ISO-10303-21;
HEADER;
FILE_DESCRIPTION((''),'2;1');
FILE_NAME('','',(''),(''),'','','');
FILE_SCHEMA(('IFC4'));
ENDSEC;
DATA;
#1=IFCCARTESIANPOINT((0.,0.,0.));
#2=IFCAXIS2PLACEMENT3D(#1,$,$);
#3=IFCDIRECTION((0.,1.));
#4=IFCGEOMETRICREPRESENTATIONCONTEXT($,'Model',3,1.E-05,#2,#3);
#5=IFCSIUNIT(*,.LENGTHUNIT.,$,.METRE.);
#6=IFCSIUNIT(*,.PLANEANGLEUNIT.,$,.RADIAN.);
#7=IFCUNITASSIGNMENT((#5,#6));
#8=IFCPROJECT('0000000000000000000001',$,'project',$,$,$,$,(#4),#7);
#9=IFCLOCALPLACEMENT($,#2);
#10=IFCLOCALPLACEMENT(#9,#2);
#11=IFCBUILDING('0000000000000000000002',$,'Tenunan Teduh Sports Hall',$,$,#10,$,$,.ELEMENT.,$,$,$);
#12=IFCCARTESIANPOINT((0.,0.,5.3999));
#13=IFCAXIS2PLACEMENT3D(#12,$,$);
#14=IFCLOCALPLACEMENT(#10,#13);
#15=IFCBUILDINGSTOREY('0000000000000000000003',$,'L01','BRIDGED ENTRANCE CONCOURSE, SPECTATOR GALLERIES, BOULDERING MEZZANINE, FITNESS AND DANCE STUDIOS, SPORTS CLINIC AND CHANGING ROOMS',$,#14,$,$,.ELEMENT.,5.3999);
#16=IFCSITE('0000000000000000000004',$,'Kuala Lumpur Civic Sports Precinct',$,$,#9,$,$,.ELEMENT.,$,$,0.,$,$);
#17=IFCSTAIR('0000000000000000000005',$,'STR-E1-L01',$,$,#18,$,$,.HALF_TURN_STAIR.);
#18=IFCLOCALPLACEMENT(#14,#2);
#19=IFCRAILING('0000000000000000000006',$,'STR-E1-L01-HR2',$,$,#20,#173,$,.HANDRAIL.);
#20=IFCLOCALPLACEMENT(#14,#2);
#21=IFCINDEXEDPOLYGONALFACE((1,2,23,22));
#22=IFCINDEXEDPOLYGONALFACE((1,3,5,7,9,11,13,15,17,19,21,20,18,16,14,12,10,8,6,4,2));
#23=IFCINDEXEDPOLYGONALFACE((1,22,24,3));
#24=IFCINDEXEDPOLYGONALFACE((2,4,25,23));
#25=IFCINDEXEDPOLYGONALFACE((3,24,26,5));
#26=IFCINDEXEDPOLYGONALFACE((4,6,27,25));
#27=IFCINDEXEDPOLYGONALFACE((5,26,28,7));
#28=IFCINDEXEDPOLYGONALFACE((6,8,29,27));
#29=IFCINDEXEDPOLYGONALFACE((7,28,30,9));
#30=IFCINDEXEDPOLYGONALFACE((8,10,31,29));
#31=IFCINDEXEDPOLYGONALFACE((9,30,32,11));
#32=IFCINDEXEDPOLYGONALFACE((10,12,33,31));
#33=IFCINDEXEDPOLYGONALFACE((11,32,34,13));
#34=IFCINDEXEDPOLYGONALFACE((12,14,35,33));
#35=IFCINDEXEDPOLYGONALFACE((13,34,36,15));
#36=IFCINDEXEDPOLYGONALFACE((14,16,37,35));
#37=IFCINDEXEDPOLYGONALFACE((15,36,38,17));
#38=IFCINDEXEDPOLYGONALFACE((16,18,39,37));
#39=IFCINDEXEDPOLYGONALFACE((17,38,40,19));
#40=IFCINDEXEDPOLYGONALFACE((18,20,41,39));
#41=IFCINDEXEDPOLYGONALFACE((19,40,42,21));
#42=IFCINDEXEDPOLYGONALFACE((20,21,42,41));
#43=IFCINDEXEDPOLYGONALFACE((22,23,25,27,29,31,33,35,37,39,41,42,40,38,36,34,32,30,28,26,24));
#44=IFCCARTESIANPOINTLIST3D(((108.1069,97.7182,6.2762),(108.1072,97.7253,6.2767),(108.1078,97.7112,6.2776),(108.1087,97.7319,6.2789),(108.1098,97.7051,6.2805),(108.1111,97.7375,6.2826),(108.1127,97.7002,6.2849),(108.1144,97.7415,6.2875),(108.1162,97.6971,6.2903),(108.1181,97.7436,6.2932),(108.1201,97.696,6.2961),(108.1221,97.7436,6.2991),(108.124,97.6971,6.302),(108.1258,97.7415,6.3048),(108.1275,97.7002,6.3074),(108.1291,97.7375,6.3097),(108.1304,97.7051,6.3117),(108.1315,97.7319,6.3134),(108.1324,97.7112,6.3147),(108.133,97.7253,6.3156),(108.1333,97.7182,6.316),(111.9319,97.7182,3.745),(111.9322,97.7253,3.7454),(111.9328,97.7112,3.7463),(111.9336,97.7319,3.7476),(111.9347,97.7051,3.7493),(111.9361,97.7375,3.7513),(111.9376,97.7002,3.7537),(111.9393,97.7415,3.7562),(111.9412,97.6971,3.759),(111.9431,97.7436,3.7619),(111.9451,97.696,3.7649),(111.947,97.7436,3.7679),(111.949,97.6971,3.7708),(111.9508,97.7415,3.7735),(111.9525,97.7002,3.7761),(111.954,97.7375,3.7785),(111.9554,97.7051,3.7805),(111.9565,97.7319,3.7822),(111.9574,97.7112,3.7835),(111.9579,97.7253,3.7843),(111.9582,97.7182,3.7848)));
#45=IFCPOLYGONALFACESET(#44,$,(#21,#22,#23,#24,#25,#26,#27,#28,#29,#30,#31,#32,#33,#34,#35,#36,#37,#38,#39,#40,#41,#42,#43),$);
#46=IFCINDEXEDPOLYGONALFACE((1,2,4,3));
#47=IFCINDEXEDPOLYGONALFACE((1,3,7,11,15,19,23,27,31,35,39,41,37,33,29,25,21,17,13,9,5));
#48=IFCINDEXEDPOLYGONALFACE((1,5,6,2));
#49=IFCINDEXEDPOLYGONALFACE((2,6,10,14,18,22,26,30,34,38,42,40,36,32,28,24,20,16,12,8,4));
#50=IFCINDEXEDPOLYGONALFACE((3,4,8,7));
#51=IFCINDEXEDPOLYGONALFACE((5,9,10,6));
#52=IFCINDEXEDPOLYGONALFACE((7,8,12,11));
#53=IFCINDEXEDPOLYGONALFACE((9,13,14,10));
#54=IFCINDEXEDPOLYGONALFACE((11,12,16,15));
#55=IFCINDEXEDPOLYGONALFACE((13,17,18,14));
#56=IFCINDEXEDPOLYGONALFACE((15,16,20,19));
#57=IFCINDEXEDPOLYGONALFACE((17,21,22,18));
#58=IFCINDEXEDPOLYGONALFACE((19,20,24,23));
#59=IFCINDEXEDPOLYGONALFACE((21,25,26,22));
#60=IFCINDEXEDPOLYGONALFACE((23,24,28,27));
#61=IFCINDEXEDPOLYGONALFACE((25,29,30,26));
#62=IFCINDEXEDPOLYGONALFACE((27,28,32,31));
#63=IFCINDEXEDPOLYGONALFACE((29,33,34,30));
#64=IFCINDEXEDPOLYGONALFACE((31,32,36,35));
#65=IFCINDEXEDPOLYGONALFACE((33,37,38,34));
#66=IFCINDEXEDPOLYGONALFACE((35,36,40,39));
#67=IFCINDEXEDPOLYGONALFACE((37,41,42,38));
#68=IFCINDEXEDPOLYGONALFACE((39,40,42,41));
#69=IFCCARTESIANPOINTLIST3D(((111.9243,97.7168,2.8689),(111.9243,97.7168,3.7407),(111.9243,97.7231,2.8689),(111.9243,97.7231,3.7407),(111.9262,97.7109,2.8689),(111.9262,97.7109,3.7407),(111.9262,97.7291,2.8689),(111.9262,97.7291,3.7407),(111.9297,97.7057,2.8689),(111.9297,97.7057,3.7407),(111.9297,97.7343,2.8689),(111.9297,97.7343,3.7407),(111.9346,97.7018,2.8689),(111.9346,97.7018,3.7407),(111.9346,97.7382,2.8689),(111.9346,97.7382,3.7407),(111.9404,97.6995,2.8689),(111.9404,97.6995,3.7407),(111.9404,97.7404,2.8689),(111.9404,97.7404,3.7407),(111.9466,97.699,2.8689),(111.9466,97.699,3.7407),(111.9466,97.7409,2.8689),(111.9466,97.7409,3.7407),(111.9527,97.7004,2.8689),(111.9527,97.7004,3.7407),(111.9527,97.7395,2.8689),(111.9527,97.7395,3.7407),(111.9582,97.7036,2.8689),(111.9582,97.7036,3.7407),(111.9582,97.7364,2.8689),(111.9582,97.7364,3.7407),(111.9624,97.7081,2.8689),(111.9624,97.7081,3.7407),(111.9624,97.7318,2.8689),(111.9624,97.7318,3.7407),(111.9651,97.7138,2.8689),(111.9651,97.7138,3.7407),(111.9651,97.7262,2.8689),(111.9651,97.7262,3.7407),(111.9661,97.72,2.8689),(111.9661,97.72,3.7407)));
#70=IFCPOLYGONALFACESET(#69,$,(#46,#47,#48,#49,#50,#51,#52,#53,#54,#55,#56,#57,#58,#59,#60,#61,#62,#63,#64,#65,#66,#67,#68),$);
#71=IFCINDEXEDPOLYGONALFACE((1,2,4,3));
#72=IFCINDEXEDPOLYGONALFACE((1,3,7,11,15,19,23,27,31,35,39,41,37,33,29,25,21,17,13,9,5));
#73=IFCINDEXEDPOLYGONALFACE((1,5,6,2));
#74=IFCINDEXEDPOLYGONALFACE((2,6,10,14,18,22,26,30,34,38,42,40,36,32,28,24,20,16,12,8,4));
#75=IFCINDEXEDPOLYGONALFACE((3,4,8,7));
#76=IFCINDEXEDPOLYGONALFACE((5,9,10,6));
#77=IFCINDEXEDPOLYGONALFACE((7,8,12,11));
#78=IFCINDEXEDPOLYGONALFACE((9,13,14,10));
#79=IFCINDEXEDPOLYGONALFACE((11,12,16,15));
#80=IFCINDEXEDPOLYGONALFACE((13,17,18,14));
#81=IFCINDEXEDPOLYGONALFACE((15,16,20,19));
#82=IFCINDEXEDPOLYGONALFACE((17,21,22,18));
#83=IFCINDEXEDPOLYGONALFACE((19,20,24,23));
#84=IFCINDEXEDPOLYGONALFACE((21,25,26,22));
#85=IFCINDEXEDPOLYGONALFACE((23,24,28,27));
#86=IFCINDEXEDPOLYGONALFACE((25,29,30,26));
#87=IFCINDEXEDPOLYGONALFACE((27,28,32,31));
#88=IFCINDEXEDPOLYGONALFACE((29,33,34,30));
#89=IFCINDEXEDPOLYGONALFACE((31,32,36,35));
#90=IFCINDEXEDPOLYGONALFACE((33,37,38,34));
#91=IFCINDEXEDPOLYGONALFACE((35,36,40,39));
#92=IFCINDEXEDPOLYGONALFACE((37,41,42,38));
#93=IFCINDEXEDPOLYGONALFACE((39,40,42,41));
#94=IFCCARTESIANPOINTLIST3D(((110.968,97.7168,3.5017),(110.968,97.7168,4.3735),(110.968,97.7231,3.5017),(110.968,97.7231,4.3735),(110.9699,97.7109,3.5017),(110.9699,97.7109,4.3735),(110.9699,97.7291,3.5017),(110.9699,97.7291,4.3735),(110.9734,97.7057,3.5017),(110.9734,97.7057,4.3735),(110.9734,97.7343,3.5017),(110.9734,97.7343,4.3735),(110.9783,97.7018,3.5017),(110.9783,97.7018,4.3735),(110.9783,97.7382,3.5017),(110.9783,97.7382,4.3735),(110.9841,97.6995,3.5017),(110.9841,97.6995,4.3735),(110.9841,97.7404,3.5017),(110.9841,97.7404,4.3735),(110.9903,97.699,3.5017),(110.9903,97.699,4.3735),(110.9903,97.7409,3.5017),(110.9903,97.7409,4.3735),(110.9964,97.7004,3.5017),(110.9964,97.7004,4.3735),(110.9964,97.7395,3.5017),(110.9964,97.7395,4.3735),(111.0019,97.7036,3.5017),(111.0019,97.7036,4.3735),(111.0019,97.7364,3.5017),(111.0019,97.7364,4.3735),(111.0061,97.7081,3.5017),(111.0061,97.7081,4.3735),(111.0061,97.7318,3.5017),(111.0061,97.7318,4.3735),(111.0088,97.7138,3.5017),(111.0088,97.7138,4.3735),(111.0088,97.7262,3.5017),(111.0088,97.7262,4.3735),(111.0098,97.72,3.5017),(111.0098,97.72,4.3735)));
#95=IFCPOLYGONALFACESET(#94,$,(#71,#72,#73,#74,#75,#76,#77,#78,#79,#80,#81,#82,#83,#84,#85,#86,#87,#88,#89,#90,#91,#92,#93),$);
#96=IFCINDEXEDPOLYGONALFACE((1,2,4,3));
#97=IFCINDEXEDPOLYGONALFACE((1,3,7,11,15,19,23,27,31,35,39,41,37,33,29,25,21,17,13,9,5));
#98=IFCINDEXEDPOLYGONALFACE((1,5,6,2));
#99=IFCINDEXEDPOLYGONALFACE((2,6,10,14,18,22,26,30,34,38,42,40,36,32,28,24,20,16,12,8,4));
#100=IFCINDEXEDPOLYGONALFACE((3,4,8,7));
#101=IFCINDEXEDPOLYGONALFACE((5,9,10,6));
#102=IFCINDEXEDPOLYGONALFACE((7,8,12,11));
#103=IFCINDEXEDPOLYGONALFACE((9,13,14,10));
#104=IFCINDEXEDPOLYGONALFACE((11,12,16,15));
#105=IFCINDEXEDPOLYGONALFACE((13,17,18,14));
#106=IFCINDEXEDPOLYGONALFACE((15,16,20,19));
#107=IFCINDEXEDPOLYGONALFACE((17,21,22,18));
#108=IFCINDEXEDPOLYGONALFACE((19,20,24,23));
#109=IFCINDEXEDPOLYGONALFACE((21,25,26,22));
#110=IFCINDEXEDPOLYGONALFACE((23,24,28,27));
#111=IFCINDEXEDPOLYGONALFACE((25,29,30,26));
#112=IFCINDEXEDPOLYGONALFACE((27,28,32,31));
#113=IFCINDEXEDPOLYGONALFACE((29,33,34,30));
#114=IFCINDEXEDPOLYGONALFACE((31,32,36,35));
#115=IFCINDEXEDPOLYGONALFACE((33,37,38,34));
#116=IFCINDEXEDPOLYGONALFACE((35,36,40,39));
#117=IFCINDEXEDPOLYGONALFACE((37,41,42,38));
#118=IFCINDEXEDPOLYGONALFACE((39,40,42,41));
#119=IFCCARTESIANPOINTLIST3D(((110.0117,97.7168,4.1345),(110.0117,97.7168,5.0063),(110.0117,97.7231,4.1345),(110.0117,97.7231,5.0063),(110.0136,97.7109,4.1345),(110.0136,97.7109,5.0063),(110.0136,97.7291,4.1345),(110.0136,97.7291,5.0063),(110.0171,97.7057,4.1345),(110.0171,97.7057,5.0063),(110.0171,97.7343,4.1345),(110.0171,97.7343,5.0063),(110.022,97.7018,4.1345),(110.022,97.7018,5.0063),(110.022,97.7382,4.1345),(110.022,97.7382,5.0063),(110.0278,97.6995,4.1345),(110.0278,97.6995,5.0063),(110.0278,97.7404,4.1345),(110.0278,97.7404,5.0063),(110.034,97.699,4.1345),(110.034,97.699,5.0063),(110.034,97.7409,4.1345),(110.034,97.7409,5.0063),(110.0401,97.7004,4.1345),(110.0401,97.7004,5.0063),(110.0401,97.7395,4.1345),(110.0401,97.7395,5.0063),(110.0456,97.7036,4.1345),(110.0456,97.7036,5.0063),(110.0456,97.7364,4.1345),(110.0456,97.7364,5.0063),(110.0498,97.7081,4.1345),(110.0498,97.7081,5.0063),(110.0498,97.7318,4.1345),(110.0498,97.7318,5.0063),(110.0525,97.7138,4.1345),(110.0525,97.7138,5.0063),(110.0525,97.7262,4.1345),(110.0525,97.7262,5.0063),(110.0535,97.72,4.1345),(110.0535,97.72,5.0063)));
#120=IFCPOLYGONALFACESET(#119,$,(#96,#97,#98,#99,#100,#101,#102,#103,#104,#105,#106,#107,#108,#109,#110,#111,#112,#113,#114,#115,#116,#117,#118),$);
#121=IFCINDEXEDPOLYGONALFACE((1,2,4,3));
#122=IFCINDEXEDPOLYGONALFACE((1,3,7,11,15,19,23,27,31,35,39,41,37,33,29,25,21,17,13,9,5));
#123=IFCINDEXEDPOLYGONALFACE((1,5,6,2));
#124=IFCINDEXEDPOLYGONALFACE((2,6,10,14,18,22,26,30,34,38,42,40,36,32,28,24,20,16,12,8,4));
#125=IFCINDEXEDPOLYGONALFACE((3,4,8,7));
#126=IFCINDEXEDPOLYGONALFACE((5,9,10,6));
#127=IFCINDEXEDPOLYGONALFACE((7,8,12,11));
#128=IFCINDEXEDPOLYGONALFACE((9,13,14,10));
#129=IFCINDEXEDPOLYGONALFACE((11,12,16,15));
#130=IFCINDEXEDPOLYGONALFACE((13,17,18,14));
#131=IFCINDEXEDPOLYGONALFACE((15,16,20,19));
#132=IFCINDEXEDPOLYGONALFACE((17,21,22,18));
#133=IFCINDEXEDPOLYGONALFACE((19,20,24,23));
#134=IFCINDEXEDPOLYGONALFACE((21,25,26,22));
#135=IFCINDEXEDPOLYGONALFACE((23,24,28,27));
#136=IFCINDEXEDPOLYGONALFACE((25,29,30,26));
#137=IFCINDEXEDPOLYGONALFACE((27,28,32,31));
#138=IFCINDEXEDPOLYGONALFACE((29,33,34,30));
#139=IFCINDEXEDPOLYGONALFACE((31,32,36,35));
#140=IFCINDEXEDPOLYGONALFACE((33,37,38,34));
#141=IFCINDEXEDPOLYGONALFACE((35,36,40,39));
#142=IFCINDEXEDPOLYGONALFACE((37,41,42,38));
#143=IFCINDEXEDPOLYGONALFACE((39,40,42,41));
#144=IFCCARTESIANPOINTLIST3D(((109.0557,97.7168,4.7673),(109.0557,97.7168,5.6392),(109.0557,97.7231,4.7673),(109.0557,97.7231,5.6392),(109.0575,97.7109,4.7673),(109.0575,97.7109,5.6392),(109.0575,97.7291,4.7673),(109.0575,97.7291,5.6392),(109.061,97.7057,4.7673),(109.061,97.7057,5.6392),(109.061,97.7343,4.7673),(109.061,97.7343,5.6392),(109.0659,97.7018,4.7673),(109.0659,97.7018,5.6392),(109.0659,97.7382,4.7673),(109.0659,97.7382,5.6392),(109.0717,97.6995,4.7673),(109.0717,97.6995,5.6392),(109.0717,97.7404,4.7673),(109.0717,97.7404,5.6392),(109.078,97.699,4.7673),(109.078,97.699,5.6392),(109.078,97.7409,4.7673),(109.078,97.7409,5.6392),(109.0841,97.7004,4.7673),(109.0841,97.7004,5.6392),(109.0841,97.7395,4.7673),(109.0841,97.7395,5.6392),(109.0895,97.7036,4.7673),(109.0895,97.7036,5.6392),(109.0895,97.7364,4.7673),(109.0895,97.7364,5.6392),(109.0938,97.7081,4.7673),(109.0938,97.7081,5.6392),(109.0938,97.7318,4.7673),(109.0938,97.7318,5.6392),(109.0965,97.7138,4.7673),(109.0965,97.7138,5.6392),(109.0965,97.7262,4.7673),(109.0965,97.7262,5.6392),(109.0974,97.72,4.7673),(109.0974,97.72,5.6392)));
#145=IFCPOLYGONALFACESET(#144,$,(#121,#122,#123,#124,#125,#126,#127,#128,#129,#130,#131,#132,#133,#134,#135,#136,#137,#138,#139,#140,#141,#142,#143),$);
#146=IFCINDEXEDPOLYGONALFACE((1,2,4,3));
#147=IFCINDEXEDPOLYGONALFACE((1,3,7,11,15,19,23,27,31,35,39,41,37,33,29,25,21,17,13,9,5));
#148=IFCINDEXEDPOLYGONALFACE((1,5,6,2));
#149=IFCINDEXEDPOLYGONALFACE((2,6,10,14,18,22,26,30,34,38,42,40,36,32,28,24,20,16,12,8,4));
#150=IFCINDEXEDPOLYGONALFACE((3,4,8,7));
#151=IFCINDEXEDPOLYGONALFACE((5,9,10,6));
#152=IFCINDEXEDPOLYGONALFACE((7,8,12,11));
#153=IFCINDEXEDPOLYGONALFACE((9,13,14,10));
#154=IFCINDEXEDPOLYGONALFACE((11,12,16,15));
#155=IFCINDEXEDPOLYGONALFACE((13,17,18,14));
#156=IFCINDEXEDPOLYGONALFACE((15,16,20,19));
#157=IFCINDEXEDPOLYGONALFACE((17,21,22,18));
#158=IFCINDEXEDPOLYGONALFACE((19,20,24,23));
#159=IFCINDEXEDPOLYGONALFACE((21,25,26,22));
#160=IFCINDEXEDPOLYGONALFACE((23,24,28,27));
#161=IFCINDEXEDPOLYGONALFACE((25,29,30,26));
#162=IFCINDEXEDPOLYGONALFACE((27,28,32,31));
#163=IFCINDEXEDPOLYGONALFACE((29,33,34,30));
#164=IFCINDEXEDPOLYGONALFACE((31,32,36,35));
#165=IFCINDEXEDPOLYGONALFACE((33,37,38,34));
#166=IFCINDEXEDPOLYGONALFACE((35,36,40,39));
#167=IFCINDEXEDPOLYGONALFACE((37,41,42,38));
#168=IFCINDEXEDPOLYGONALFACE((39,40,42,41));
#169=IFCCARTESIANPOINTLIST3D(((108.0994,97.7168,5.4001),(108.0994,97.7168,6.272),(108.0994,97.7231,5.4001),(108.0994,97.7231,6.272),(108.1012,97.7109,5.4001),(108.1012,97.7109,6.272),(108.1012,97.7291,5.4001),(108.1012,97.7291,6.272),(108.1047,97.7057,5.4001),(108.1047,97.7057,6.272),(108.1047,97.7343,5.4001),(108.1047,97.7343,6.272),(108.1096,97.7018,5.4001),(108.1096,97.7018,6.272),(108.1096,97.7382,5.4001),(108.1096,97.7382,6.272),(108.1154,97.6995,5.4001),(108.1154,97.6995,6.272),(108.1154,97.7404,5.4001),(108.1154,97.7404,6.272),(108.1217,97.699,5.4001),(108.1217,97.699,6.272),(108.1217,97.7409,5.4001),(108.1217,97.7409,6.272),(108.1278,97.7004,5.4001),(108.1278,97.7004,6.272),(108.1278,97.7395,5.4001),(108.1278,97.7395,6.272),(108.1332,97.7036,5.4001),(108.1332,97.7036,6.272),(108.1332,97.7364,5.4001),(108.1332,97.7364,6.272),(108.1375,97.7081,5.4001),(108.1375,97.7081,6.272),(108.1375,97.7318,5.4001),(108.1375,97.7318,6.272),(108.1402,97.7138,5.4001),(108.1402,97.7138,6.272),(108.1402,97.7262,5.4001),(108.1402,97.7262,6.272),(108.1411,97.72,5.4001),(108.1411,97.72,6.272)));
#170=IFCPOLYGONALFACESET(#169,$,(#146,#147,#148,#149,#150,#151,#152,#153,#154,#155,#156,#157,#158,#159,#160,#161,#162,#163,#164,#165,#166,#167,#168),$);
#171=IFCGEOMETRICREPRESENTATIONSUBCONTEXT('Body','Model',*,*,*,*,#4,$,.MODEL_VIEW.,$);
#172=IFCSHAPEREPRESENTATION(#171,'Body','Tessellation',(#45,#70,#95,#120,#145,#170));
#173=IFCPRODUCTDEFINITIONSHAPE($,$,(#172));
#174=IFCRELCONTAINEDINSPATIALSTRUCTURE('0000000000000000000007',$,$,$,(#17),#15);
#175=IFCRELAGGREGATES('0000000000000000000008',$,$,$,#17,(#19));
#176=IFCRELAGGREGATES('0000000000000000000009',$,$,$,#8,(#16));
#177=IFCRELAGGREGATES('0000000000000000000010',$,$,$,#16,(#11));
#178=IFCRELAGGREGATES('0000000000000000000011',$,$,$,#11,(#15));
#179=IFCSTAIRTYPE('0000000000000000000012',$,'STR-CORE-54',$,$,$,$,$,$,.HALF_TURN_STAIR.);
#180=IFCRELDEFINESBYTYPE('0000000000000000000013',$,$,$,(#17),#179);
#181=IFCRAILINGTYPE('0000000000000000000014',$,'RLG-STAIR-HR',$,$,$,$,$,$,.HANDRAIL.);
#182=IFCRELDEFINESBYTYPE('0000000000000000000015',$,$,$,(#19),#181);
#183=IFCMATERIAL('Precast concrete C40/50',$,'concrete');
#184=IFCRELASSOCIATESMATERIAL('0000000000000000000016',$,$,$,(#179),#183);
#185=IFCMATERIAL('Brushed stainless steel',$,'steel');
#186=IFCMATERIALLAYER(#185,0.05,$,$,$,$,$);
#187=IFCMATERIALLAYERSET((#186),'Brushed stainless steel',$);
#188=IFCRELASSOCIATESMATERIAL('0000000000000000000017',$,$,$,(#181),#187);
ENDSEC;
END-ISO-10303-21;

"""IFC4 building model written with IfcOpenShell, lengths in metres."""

from ifc_helpers import new_model, si_unit, direction, frame, origin, origin_2d, place, context, subcontext, project, spatial, circle, extrude, material, layer, layer_set, type_object, element, aggregate, save


model = new_model("IFC4")

# Units and contexts
model_context = context("Model", 3, precision=1e-05, world=origin(), true_north=direction((0.0, 1.0)))
body_context = subcontext(model_context, "Body", "Model", "MODEL_VIEW")
ifc_project = project(units=[si_unit("LENGTHUNIT", "METRE"), si_unit("PLANEANGLEUNIT", "RADIAN")], contexts=[model_context])

# Site, building, storey
site_placement = place(None, origin())
site = spatial("IfcSite", under=ifc_project, at=site_placement, Name="Kuala Lumpur Civic Sports Precinct", CompositionType="ELEMENT", RefElevation=0.0)
building_placement = place(site_placement, origin())
building = spatial("IfcBuilding", under=site, at=building_placement, Name="Tenunan Teduh Sports Hall", CompositionType="ELEMENT")
storey_placement = place(building_placement, frame((0.0, 0.0, 5.3999)))
storey = spatial("IfcBuildingStorey", under=building, at=storey_placement, Name="L01", Description="BRIDGED ENTRANCE CONCOURSE, SPECTATOR GALLERIES, BOULDERING MEZZANINE, FITNESS AND DANCE STUDIOS, SPORTS CLINIC AND CHANGING ROOMS", CompositionType="ELEMENT", Elevation=5.3999)

# Stair
ifc_material_1 = material(Name="Precast concrete C40/50", Category="concrete")
stair_type = type_object("IfcStairType", Name="STR-CORE-54", PredefinedType="HALF_TURN_STAIR", material=ifc_material_1)
stair_placement = place(storey_placement, origin())
stair = element("IfcStair", 1, at=stair_placement, inside=storey, type_object=stair_type, Name="STR-E1-L01", PredefinedType="HALF_TURN_STAIR")

# Railing
ifc_material_2 = material(Name="Brushed stainless steel", Category="steel")
ifc_layer_1 = layer(ifc_material_2, 0.05)
ifc_layer_set_1 = layer_set([ifc_layer_1], Name="Brushed stainless steel")
railing_type_1 = type_object("IfcRailingType", Name="RLG-STAIR-HR", PredefinedType="HANDRAIL", material=ifc_layer_set_1)
railing_1_placement = place(storey_placement, frame((111.9451, 97.72, 2.8689)))
railing_1 = element("IfcRailing", 2, at=railing_1_placement, type_object=railing_type_1, Name="STR-E1-L01-HR2", PredefinedType="HANDRAIL", context=body_context, shape_type="SweptSolid", body=[
    extrude(circle(Radius=0.0239, at=origin_2d()), frame((0.0, 0.0, 0.896), z_axis=(-0.833929, 0.0, 0.551872), x_axis=(0.0, -1.0, 0.0)), (0.0, 0.0, 1.0), 4.5867),
    extrude(circle(Radius=0.021, at=origin_2d()), origin(), (0.0, 0.0, 1.0), 0.8718),
    extrude(circle(Radius=0.021, at=origin_2d()), frame((-0.9563, 0.0, 0.6328)), (0.0, 0.0, 1.0), 0.8718),
    extrude(circle(Radius=0.021, at=origin_2d()), frame((-1.9126, 0.0, 1.2656)), (0.0, 0.0, 1.0), 0.8718),
    extrude(circle(Radius=0.021, at=origin_2d()), frame((-2.8687, 0.0, 1.8984)), (0.0, 0.0, 1.0), 0.8718),
    extrude(circle(Radius=0.021, at=origin_2d()), frame((-3.825, 0.0, 2.5312)), (0.0, 0.0, 1.0), 0.8718),
])
aggregate(stair, [railing_1])

save(model, "model.ifc")
